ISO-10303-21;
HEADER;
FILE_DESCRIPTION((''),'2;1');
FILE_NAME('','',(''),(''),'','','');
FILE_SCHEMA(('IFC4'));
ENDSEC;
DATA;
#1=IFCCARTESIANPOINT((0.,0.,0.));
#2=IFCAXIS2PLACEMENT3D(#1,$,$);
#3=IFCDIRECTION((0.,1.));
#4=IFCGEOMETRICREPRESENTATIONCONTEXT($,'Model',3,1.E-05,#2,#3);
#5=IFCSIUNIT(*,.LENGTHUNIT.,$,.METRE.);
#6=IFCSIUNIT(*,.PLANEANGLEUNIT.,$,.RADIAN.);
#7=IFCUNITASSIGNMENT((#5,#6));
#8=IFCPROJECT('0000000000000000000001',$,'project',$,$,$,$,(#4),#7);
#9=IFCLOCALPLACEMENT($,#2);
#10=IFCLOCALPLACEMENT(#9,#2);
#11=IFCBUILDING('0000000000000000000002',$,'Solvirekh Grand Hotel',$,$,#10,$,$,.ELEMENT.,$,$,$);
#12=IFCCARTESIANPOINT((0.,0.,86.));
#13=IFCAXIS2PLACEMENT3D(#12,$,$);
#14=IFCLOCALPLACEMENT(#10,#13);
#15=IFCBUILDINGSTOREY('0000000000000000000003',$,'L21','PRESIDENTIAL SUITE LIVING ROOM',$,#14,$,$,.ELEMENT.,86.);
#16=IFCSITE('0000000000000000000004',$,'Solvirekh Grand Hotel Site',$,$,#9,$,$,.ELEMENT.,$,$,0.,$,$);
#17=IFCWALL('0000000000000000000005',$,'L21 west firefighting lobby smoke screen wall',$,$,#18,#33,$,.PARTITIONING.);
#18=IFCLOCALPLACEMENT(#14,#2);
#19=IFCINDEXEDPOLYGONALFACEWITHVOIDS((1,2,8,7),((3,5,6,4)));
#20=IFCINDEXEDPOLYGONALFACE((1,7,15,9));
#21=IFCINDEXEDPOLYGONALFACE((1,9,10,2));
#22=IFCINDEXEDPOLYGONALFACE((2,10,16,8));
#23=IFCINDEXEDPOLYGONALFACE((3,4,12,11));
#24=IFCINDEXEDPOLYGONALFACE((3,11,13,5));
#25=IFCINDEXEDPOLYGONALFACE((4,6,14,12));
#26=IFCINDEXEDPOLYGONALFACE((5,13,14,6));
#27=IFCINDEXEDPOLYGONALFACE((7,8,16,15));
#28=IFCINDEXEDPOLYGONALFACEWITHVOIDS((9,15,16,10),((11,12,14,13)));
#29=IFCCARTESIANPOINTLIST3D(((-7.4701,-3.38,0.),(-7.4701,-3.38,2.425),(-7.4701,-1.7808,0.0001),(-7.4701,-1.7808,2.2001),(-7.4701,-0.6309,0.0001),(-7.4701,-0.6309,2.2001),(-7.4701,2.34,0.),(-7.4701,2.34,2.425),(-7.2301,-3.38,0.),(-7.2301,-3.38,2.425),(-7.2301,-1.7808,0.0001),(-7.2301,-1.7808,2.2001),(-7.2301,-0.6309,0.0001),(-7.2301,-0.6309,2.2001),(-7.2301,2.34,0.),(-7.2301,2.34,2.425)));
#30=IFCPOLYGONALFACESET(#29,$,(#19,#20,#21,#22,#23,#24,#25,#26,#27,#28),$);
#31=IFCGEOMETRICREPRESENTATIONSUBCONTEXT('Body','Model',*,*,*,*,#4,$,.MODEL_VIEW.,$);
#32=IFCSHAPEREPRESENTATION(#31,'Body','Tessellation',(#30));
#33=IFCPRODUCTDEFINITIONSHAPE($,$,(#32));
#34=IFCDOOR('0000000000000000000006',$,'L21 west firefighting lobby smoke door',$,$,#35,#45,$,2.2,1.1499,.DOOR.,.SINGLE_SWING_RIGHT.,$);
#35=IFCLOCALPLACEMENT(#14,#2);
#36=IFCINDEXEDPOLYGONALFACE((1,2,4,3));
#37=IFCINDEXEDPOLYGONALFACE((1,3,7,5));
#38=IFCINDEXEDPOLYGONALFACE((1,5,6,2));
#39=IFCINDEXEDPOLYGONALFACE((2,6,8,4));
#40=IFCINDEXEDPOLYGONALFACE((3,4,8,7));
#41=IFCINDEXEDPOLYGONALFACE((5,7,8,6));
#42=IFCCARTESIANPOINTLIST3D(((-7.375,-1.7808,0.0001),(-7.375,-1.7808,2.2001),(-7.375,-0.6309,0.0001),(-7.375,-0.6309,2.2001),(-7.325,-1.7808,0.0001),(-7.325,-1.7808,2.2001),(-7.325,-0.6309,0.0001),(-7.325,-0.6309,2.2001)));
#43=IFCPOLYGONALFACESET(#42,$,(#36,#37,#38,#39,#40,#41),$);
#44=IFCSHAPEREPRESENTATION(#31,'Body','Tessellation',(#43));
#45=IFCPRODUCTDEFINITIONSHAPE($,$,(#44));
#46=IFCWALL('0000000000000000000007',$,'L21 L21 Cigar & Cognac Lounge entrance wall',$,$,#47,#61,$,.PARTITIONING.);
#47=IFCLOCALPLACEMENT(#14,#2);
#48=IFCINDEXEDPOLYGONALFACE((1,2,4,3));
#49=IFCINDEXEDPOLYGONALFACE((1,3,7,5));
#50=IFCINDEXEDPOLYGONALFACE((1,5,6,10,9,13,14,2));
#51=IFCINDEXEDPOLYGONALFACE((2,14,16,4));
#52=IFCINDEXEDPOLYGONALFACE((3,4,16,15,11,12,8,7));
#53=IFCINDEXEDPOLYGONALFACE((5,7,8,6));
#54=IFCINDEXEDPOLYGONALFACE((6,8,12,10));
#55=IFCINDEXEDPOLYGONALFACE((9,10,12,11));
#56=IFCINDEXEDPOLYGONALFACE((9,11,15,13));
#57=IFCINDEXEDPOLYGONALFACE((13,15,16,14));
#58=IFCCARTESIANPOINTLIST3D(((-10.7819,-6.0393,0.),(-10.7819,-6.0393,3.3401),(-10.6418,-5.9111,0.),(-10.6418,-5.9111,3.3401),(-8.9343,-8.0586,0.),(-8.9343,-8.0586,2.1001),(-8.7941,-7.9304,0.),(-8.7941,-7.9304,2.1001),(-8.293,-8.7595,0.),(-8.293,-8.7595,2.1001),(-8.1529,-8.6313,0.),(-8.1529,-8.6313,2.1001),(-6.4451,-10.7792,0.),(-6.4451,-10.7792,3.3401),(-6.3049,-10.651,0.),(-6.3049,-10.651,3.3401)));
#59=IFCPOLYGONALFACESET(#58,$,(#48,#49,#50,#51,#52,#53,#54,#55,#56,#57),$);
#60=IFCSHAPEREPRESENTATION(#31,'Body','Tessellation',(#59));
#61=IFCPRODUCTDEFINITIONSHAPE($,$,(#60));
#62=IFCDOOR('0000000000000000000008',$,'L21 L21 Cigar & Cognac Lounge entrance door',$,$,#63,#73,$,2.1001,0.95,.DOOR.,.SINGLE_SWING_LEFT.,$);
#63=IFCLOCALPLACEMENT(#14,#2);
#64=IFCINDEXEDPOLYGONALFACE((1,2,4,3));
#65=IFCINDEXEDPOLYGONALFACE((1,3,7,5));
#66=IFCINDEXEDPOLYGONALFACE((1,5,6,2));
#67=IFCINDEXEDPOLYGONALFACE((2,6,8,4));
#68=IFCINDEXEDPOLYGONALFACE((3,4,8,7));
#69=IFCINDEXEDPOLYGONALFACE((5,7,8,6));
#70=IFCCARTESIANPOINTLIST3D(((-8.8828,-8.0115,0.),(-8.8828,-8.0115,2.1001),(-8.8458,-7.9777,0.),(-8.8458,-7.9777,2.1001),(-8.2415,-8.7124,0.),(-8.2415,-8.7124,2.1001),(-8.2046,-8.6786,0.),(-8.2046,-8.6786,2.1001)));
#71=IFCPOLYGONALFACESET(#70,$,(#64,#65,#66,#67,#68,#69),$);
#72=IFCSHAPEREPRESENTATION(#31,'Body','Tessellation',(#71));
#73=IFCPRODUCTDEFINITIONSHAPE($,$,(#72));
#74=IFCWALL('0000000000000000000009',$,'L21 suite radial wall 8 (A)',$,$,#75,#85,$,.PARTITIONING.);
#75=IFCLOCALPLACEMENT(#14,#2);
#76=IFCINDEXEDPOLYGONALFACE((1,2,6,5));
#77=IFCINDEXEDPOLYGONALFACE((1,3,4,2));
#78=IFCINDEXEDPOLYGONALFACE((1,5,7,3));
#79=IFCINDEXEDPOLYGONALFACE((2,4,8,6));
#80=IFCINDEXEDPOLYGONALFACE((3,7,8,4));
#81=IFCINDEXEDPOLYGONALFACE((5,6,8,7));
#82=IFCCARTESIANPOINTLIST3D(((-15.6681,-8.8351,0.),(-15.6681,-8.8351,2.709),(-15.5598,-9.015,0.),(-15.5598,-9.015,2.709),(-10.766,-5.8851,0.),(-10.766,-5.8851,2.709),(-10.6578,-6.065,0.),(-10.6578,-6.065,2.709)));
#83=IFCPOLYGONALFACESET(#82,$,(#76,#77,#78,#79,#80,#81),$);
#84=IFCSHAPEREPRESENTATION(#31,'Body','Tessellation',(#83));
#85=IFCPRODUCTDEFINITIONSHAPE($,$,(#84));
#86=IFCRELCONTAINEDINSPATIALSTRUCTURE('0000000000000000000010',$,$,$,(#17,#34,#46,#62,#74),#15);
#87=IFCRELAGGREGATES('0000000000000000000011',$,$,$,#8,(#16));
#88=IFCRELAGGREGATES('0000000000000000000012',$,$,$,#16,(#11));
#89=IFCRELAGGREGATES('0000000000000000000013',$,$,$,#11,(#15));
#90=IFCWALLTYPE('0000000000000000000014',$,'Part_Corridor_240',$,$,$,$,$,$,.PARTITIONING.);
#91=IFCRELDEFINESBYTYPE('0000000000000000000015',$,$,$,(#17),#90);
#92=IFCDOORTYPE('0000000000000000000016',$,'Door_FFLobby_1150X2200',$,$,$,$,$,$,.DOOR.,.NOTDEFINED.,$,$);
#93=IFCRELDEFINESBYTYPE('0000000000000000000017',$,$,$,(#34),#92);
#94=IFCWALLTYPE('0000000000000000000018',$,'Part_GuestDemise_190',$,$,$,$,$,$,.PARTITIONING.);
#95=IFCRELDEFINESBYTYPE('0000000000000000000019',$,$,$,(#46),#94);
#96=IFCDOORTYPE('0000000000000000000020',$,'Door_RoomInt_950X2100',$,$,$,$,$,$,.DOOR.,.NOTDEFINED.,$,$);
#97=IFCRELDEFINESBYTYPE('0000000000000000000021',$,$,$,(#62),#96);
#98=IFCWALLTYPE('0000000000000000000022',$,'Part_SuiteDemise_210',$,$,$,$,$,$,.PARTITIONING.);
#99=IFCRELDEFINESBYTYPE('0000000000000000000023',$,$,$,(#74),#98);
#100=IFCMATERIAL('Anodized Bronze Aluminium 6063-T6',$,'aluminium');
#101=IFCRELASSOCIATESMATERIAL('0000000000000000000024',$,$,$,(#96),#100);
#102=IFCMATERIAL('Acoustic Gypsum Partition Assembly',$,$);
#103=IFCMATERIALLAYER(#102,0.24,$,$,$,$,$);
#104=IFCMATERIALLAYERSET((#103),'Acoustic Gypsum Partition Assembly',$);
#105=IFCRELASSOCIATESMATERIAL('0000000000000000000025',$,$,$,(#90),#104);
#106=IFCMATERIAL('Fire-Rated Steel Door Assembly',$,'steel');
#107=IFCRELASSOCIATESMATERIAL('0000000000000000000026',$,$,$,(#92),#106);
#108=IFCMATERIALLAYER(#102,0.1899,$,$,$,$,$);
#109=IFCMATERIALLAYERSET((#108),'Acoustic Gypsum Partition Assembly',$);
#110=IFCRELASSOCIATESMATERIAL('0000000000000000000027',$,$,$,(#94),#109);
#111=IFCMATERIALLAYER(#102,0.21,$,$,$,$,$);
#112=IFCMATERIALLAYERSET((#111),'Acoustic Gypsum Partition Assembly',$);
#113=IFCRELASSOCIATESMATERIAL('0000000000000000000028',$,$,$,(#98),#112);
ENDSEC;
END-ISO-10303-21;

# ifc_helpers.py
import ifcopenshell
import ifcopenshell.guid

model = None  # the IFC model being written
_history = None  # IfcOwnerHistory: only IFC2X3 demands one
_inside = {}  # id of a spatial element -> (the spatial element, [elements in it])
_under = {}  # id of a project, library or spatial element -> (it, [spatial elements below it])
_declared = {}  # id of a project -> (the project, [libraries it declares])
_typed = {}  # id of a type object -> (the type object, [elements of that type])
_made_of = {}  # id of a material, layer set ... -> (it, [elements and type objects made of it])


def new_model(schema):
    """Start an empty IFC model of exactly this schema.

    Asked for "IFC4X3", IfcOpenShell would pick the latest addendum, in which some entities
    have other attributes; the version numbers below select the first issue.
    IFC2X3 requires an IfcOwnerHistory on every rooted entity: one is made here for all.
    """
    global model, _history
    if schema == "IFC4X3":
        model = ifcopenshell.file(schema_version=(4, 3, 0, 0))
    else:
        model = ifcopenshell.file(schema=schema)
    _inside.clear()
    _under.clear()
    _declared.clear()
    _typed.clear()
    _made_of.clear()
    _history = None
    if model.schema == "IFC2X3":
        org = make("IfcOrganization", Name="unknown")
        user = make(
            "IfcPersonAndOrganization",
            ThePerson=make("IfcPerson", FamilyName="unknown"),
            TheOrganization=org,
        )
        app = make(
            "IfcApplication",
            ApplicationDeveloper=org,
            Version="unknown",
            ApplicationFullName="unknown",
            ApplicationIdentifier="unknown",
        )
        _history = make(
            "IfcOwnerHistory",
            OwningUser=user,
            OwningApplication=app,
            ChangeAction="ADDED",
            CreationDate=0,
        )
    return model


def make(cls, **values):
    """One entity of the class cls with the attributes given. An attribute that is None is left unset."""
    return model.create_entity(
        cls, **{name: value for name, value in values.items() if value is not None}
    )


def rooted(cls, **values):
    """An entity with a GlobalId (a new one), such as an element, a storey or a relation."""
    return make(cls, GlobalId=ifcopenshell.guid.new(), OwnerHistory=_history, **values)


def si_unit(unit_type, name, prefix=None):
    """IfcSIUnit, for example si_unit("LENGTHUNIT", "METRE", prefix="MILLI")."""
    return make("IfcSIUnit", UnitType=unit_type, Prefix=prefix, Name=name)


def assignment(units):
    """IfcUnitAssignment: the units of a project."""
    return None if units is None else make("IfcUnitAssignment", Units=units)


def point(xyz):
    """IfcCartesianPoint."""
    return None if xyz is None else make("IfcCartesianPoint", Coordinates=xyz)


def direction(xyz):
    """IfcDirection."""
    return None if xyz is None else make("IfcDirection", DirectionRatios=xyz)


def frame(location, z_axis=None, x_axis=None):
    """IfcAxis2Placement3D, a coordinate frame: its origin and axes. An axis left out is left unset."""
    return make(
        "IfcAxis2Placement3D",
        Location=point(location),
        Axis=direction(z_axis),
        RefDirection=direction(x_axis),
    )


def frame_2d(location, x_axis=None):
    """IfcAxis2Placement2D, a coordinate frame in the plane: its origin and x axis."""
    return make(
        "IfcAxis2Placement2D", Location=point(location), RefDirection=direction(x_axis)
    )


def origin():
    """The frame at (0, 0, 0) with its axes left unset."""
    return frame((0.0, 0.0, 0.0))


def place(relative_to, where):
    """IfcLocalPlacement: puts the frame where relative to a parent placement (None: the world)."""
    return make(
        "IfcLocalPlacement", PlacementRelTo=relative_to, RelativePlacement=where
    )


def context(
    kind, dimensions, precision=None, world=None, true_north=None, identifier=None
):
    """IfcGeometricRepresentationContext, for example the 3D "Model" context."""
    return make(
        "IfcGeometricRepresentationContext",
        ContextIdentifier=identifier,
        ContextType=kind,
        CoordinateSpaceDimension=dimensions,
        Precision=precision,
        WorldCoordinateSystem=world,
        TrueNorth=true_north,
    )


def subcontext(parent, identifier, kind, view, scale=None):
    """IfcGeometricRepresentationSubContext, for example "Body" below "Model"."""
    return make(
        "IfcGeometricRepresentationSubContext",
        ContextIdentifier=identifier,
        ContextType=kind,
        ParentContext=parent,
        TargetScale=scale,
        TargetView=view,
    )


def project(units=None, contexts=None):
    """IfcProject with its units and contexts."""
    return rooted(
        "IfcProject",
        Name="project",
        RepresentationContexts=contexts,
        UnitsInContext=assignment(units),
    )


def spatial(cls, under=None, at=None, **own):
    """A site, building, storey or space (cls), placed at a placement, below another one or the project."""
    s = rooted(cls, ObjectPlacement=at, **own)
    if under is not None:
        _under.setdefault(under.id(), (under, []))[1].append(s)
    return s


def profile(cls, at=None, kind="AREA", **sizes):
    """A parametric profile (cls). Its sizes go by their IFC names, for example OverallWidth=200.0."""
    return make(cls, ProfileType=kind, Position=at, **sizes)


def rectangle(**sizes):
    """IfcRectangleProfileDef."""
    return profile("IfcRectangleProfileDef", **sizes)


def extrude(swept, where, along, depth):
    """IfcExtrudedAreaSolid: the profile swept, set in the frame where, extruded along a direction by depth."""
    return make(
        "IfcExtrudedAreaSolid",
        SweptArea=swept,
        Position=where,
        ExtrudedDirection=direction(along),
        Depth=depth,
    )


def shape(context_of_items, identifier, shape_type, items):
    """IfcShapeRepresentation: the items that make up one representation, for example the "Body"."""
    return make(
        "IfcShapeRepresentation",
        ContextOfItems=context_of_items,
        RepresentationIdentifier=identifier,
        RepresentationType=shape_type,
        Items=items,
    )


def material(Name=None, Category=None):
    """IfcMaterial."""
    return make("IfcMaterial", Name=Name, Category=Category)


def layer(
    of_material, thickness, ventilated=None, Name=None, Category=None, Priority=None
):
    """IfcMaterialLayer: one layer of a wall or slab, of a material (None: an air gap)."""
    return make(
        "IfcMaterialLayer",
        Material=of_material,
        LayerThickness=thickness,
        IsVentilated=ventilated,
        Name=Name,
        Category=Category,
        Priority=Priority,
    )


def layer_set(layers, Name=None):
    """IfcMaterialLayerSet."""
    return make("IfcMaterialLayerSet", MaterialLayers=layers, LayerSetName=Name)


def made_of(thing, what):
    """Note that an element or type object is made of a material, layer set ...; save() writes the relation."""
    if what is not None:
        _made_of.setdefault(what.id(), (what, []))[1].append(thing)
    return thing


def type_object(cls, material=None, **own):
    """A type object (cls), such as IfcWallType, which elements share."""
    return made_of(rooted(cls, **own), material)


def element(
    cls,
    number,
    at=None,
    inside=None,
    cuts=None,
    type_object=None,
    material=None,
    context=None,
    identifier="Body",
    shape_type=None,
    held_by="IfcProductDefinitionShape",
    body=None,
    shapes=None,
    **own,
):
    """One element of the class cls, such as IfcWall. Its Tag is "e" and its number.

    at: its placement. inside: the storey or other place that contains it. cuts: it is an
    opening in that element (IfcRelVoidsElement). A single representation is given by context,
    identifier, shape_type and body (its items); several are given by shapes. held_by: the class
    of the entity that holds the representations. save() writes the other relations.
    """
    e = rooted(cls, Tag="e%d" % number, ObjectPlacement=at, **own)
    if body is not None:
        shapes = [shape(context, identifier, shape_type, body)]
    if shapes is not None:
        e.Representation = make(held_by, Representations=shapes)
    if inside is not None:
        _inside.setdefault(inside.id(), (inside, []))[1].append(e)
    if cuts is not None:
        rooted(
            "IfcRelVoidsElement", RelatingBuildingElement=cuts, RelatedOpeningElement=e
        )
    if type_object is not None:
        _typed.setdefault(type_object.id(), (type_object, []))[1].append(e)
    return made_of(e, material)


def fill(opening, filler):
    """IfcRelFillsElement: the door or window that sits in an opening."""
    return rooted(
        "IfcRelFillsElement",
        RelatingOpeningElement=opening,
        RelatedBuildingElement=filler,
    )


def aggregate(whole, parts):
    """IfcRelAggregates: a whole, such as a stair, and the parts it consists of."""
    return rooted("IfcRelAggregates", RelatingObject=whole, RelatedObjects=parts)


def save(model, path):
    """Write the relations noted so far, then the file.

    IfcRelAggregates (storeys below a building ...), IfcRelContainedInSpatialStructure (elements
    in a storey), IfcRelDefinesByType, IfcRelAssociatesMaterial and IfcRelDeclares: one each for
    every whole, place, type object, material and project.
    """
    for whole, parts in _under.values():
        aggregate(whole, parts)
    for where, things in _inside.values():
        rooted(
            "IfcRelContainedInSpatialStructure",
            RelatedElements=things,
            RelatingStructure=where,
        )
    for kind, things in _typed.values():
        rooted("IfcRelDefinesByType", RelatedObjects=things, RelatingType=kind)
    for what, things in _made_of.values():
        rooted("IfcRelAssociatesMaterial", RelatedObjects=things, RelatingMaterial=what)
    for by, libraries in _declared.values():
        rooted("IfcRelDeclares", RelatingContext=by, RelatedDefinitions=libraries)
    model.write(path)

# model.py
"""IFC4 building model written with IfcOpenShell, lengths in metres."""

from ifc_helpers import new_model, si_unit, direction, frame, frame_2d, origin, place, context, subcontext, project, spatial, rectangle, extrude, material, layer, layer_set, type_object, element, fill, save


model = new_model("IFC4")

# Units and contexts
model_context = context("Model", 3, precision=1e-05, world=origin(), true_north=direction((0.0, 1.0)))
body_context = subcontext(model_context, "Body", "Model", "MODEL_VIEW")
ifc_project = project(units=[si_unit("LENGTHUNIT", "METRE"), si_unit("PLANEANGLEUNIT", "RADIAN")], contexts=[model_context])

# Site, building, storey
site_placement = place(None, origin())
site = spatial("IfcSite", under=ifc_project, at=site_placement, Name="Solvirekh Grand Hotel Site", CompositionType="ELEMENT", RefElevation=0.0)
building_placement = place(site_placement, origin())
building = spatial("IfcBuilding", under=site, at=building_placement, Name="Solvirekh Grand Hotel", CompositionType="ELEMENT")
storey_placement = place(building_placement, frame((0.0, 0.0, 86.0)))
storey = spatial("IfcBuildingStorey", under=building, at=storey_placement, Name="L21", Description="PRESIDENTIAL SUITE LIVING ROOM", CompositionType="ELEMENT", Elevation=86.0)

# Shared definitions
ifc_material_1 = material(Name="Anodized Bronze Aluminium 6063-T6", Category="aluminium")

# Shared definitions
ifc_material_2 = material(Name="Acoustic Gypsum Partition Assembly")

# Walls, openings, doors
door_type_1 = type_object("IfcDoorType", Name="Door_RoomInt_950X2100", OperationType="NOTDEFINED", PredefinedType="DOOR", material=ifc_material_1)
ifc_layer_1 = layer(ifc_material_2, 0.24)
ifc_layer_set_1 = layer_set([ifc_layer_1], Name="Acoustic Gypsum Partition Assembly")
wall_type_1 = type_object("IfcWallType", Name="Part_Corridor_240", PredefinedType="PARTITIONING", material=ifc_layer_set_1)
wall_1_placement = place(storey_placement, frame((-7.3501, -3.3799, 0.0), z_axis=(0.0, 0.0, 1.0), x_axis=(0.0, 1.0, 0.0)))
wall_1 = element("IfcWall", 1, at=wall_1_placement, inside=storey, type_object=wall_type_1, Name="L21 west firefighting lobby smoke screen wall", PredefinedType="PARTITIONING", context=body_context, shape_type="SweptSolid", body=[
    extrude(rectangle(XDim=5.72, YDim=0.24, at=frame_2d((2.8599, 0.0))), origin(), (0.0, 0.0, 1.0), 2.425),
])
opening_1_placement = place(wall_1_placement, frame((1.5991, 0.0, 0.0)))
opening_1 = element("IfcOpeningElement", 2, at=opening_1_placement, cuts=wall_1, PredefinedType="OPENING", context=body_context, shape_type="SweptSolid", body=[
    extrude(rectangle(XDim=1.1499, YDim=2.2, at=frame_2d((0.575, 1.1001))), frame((0.0, 0.1299, 0.0), z_axis=(0.0, -1.0, 0.0), x_axis=(1.0, 0.0, 0.0)), (0.0, 0.0, 1.0), 0.26),
])
ifc_material_3 = material(Name="Fire-Rated Steel Door Assembly", Category="steel")
door_type_2 = type_object("IfcDoorType", Name="Door_FFLobby_1150X2200", OperationType="NOTDEFINED", PredefinedType="DOOR", material=ifc_material_3)
door_1_placement = place(opening_1_placement, origin())
door_1 = element("IfcDoor", 3, at=door_1_placement, inside=storey, type_object=door_type_2, Name="L21 west firefighting lobby smoke door", OperationType="SINGLE_SWING_RIGHT", OverallHeight=2.2, OverallWidth=1.1499, PredefinedType="DOOR", context=body_context, shape_type="SweptSolid", body=[
    extrude(rectangle(XDim=1.1499, YDim=2.2, at=frame_2d((0.575, 1.1001))), frame((0.0, 0.0249, 0.0), z_axis=(0.0, -1.0, 0.0), x_axis=(1.0, 0.0, 0.0)), (0.0, 0.0, 1.0), 0.05),
])
fill(opening_1, door_1)
ifc_layer_2 = layer(ifc_material_2, 0.1899)
ifc_layer_set_2 = layer_set([ifc_layer_2], Name="Acoustic Gypsum Partition Assembly")
wall_type_2 = type_object("IfcWallType", Name="Part_GuestDemise_190", PredefinedType="PARTITIONING", material=ifc_layer_set_2)
wall_2_placement = place(storey_placement, frame((-10.7119, -5.9751, 0.0), z_axis=(0.0, 0.0, 1.0), x_axis=(0.675041, -0.73778, 0.0)))
wall_2 = element("IfcWall", 4, at=wall_2_placement, inside=storey, type_object=wall_type_2, Name="L21 L21 Cigar & Cognac Lounge entrance wall", PredefinedType="PARTITIONING", context=body_context, shape_type="SweptSolid", body=[
    extrude(rectangle(XDim=6.4246, YDim=0.1899, at=frame_2d((3.2124, 0.0))), origin(), (0.0, 0.0, 1.0), 3.3401),
])
opening_2_placement = place(wall_2_placement, frame((2.7371, 0.0, 0.0)))
opening_2 = element("IfcOpeningElement", 5, at=opening_2_placement, cuts=wall_2, PredefinedType="OPENING", context=body_context, shape_type="SweptSolid", body=[
    extrude(rectangle(XDim=0.95, YDim=2.1001, at=frame_2d((0.4751, 1.05))), frame((0.0, 0.105, 0.0), z_axis=(0.0, -1.0, 0.0), x_axis=(1.0, 0.0, 0.0)), (0.0, 0.0, 1.0), 0.21),
])
door_2_placement = place(opening_2_placement, origin())
door_2 = element("IfcDoor", 6, at=door_2_placement, inside=storey, type_object=door_type_1, Name="L21 L21 Cigar & Cognac Lounge entrance door", OperationType="SINGLE_SWING_LEFT", OverallHeight=2.1001, OverallWidth=0.95, PredefinedType="DOOR", context=body_context, shape_type="SweptSolid", body=[
    extrude(rectangle(XDim=0.95, YDim=2.1001, at=frame_2d((0.4751, 1.05))), frame((0.0, 0.0249, 0.0), z_axis=(0.0, -1.0, 0.0), x_axis=(1.0, 0.0, 0.0)), (0.0, 0.0, 1.0), 0.05),
])
fill(opening_2, door_2)

# Wall
ifc_layer_3 = layer(ifc_material_2, 0.21)
ifc_layer_set_3 = layer_set([ifc_layer_3], Name="Acoustic Gypsum Partition Assembly")
wall_type_3 = type_object("IfcWallType", Name="Part_SuiteDemise_210", PredefinedType="PARTITIONING", material=ifc_layer_set_3)
wall_3_placement = place(storey_placement, frame((-10.7119, -5.9751, 0.0), z_axis=(0.0, 0.0, 1.0), x_axis=(-0.856822, -0.515612, 0.0)))
element("IfcWall", 7, at=wall_3_placement, inside=storey, type_object=wall_type_3, Name="L21 suite radial wall 8 (A)", PredefinedType="PARTITIONING", context=body_context, shape_type="SweptSolid", body=[
    extrude(rectangle(XDim=5.7212, YDim=0.21, at=frame_2d((2.8606, 0.0))), origin(), (0.0, 0.0, 1.0), 2.709),
])

save(model, "model.ifc")
